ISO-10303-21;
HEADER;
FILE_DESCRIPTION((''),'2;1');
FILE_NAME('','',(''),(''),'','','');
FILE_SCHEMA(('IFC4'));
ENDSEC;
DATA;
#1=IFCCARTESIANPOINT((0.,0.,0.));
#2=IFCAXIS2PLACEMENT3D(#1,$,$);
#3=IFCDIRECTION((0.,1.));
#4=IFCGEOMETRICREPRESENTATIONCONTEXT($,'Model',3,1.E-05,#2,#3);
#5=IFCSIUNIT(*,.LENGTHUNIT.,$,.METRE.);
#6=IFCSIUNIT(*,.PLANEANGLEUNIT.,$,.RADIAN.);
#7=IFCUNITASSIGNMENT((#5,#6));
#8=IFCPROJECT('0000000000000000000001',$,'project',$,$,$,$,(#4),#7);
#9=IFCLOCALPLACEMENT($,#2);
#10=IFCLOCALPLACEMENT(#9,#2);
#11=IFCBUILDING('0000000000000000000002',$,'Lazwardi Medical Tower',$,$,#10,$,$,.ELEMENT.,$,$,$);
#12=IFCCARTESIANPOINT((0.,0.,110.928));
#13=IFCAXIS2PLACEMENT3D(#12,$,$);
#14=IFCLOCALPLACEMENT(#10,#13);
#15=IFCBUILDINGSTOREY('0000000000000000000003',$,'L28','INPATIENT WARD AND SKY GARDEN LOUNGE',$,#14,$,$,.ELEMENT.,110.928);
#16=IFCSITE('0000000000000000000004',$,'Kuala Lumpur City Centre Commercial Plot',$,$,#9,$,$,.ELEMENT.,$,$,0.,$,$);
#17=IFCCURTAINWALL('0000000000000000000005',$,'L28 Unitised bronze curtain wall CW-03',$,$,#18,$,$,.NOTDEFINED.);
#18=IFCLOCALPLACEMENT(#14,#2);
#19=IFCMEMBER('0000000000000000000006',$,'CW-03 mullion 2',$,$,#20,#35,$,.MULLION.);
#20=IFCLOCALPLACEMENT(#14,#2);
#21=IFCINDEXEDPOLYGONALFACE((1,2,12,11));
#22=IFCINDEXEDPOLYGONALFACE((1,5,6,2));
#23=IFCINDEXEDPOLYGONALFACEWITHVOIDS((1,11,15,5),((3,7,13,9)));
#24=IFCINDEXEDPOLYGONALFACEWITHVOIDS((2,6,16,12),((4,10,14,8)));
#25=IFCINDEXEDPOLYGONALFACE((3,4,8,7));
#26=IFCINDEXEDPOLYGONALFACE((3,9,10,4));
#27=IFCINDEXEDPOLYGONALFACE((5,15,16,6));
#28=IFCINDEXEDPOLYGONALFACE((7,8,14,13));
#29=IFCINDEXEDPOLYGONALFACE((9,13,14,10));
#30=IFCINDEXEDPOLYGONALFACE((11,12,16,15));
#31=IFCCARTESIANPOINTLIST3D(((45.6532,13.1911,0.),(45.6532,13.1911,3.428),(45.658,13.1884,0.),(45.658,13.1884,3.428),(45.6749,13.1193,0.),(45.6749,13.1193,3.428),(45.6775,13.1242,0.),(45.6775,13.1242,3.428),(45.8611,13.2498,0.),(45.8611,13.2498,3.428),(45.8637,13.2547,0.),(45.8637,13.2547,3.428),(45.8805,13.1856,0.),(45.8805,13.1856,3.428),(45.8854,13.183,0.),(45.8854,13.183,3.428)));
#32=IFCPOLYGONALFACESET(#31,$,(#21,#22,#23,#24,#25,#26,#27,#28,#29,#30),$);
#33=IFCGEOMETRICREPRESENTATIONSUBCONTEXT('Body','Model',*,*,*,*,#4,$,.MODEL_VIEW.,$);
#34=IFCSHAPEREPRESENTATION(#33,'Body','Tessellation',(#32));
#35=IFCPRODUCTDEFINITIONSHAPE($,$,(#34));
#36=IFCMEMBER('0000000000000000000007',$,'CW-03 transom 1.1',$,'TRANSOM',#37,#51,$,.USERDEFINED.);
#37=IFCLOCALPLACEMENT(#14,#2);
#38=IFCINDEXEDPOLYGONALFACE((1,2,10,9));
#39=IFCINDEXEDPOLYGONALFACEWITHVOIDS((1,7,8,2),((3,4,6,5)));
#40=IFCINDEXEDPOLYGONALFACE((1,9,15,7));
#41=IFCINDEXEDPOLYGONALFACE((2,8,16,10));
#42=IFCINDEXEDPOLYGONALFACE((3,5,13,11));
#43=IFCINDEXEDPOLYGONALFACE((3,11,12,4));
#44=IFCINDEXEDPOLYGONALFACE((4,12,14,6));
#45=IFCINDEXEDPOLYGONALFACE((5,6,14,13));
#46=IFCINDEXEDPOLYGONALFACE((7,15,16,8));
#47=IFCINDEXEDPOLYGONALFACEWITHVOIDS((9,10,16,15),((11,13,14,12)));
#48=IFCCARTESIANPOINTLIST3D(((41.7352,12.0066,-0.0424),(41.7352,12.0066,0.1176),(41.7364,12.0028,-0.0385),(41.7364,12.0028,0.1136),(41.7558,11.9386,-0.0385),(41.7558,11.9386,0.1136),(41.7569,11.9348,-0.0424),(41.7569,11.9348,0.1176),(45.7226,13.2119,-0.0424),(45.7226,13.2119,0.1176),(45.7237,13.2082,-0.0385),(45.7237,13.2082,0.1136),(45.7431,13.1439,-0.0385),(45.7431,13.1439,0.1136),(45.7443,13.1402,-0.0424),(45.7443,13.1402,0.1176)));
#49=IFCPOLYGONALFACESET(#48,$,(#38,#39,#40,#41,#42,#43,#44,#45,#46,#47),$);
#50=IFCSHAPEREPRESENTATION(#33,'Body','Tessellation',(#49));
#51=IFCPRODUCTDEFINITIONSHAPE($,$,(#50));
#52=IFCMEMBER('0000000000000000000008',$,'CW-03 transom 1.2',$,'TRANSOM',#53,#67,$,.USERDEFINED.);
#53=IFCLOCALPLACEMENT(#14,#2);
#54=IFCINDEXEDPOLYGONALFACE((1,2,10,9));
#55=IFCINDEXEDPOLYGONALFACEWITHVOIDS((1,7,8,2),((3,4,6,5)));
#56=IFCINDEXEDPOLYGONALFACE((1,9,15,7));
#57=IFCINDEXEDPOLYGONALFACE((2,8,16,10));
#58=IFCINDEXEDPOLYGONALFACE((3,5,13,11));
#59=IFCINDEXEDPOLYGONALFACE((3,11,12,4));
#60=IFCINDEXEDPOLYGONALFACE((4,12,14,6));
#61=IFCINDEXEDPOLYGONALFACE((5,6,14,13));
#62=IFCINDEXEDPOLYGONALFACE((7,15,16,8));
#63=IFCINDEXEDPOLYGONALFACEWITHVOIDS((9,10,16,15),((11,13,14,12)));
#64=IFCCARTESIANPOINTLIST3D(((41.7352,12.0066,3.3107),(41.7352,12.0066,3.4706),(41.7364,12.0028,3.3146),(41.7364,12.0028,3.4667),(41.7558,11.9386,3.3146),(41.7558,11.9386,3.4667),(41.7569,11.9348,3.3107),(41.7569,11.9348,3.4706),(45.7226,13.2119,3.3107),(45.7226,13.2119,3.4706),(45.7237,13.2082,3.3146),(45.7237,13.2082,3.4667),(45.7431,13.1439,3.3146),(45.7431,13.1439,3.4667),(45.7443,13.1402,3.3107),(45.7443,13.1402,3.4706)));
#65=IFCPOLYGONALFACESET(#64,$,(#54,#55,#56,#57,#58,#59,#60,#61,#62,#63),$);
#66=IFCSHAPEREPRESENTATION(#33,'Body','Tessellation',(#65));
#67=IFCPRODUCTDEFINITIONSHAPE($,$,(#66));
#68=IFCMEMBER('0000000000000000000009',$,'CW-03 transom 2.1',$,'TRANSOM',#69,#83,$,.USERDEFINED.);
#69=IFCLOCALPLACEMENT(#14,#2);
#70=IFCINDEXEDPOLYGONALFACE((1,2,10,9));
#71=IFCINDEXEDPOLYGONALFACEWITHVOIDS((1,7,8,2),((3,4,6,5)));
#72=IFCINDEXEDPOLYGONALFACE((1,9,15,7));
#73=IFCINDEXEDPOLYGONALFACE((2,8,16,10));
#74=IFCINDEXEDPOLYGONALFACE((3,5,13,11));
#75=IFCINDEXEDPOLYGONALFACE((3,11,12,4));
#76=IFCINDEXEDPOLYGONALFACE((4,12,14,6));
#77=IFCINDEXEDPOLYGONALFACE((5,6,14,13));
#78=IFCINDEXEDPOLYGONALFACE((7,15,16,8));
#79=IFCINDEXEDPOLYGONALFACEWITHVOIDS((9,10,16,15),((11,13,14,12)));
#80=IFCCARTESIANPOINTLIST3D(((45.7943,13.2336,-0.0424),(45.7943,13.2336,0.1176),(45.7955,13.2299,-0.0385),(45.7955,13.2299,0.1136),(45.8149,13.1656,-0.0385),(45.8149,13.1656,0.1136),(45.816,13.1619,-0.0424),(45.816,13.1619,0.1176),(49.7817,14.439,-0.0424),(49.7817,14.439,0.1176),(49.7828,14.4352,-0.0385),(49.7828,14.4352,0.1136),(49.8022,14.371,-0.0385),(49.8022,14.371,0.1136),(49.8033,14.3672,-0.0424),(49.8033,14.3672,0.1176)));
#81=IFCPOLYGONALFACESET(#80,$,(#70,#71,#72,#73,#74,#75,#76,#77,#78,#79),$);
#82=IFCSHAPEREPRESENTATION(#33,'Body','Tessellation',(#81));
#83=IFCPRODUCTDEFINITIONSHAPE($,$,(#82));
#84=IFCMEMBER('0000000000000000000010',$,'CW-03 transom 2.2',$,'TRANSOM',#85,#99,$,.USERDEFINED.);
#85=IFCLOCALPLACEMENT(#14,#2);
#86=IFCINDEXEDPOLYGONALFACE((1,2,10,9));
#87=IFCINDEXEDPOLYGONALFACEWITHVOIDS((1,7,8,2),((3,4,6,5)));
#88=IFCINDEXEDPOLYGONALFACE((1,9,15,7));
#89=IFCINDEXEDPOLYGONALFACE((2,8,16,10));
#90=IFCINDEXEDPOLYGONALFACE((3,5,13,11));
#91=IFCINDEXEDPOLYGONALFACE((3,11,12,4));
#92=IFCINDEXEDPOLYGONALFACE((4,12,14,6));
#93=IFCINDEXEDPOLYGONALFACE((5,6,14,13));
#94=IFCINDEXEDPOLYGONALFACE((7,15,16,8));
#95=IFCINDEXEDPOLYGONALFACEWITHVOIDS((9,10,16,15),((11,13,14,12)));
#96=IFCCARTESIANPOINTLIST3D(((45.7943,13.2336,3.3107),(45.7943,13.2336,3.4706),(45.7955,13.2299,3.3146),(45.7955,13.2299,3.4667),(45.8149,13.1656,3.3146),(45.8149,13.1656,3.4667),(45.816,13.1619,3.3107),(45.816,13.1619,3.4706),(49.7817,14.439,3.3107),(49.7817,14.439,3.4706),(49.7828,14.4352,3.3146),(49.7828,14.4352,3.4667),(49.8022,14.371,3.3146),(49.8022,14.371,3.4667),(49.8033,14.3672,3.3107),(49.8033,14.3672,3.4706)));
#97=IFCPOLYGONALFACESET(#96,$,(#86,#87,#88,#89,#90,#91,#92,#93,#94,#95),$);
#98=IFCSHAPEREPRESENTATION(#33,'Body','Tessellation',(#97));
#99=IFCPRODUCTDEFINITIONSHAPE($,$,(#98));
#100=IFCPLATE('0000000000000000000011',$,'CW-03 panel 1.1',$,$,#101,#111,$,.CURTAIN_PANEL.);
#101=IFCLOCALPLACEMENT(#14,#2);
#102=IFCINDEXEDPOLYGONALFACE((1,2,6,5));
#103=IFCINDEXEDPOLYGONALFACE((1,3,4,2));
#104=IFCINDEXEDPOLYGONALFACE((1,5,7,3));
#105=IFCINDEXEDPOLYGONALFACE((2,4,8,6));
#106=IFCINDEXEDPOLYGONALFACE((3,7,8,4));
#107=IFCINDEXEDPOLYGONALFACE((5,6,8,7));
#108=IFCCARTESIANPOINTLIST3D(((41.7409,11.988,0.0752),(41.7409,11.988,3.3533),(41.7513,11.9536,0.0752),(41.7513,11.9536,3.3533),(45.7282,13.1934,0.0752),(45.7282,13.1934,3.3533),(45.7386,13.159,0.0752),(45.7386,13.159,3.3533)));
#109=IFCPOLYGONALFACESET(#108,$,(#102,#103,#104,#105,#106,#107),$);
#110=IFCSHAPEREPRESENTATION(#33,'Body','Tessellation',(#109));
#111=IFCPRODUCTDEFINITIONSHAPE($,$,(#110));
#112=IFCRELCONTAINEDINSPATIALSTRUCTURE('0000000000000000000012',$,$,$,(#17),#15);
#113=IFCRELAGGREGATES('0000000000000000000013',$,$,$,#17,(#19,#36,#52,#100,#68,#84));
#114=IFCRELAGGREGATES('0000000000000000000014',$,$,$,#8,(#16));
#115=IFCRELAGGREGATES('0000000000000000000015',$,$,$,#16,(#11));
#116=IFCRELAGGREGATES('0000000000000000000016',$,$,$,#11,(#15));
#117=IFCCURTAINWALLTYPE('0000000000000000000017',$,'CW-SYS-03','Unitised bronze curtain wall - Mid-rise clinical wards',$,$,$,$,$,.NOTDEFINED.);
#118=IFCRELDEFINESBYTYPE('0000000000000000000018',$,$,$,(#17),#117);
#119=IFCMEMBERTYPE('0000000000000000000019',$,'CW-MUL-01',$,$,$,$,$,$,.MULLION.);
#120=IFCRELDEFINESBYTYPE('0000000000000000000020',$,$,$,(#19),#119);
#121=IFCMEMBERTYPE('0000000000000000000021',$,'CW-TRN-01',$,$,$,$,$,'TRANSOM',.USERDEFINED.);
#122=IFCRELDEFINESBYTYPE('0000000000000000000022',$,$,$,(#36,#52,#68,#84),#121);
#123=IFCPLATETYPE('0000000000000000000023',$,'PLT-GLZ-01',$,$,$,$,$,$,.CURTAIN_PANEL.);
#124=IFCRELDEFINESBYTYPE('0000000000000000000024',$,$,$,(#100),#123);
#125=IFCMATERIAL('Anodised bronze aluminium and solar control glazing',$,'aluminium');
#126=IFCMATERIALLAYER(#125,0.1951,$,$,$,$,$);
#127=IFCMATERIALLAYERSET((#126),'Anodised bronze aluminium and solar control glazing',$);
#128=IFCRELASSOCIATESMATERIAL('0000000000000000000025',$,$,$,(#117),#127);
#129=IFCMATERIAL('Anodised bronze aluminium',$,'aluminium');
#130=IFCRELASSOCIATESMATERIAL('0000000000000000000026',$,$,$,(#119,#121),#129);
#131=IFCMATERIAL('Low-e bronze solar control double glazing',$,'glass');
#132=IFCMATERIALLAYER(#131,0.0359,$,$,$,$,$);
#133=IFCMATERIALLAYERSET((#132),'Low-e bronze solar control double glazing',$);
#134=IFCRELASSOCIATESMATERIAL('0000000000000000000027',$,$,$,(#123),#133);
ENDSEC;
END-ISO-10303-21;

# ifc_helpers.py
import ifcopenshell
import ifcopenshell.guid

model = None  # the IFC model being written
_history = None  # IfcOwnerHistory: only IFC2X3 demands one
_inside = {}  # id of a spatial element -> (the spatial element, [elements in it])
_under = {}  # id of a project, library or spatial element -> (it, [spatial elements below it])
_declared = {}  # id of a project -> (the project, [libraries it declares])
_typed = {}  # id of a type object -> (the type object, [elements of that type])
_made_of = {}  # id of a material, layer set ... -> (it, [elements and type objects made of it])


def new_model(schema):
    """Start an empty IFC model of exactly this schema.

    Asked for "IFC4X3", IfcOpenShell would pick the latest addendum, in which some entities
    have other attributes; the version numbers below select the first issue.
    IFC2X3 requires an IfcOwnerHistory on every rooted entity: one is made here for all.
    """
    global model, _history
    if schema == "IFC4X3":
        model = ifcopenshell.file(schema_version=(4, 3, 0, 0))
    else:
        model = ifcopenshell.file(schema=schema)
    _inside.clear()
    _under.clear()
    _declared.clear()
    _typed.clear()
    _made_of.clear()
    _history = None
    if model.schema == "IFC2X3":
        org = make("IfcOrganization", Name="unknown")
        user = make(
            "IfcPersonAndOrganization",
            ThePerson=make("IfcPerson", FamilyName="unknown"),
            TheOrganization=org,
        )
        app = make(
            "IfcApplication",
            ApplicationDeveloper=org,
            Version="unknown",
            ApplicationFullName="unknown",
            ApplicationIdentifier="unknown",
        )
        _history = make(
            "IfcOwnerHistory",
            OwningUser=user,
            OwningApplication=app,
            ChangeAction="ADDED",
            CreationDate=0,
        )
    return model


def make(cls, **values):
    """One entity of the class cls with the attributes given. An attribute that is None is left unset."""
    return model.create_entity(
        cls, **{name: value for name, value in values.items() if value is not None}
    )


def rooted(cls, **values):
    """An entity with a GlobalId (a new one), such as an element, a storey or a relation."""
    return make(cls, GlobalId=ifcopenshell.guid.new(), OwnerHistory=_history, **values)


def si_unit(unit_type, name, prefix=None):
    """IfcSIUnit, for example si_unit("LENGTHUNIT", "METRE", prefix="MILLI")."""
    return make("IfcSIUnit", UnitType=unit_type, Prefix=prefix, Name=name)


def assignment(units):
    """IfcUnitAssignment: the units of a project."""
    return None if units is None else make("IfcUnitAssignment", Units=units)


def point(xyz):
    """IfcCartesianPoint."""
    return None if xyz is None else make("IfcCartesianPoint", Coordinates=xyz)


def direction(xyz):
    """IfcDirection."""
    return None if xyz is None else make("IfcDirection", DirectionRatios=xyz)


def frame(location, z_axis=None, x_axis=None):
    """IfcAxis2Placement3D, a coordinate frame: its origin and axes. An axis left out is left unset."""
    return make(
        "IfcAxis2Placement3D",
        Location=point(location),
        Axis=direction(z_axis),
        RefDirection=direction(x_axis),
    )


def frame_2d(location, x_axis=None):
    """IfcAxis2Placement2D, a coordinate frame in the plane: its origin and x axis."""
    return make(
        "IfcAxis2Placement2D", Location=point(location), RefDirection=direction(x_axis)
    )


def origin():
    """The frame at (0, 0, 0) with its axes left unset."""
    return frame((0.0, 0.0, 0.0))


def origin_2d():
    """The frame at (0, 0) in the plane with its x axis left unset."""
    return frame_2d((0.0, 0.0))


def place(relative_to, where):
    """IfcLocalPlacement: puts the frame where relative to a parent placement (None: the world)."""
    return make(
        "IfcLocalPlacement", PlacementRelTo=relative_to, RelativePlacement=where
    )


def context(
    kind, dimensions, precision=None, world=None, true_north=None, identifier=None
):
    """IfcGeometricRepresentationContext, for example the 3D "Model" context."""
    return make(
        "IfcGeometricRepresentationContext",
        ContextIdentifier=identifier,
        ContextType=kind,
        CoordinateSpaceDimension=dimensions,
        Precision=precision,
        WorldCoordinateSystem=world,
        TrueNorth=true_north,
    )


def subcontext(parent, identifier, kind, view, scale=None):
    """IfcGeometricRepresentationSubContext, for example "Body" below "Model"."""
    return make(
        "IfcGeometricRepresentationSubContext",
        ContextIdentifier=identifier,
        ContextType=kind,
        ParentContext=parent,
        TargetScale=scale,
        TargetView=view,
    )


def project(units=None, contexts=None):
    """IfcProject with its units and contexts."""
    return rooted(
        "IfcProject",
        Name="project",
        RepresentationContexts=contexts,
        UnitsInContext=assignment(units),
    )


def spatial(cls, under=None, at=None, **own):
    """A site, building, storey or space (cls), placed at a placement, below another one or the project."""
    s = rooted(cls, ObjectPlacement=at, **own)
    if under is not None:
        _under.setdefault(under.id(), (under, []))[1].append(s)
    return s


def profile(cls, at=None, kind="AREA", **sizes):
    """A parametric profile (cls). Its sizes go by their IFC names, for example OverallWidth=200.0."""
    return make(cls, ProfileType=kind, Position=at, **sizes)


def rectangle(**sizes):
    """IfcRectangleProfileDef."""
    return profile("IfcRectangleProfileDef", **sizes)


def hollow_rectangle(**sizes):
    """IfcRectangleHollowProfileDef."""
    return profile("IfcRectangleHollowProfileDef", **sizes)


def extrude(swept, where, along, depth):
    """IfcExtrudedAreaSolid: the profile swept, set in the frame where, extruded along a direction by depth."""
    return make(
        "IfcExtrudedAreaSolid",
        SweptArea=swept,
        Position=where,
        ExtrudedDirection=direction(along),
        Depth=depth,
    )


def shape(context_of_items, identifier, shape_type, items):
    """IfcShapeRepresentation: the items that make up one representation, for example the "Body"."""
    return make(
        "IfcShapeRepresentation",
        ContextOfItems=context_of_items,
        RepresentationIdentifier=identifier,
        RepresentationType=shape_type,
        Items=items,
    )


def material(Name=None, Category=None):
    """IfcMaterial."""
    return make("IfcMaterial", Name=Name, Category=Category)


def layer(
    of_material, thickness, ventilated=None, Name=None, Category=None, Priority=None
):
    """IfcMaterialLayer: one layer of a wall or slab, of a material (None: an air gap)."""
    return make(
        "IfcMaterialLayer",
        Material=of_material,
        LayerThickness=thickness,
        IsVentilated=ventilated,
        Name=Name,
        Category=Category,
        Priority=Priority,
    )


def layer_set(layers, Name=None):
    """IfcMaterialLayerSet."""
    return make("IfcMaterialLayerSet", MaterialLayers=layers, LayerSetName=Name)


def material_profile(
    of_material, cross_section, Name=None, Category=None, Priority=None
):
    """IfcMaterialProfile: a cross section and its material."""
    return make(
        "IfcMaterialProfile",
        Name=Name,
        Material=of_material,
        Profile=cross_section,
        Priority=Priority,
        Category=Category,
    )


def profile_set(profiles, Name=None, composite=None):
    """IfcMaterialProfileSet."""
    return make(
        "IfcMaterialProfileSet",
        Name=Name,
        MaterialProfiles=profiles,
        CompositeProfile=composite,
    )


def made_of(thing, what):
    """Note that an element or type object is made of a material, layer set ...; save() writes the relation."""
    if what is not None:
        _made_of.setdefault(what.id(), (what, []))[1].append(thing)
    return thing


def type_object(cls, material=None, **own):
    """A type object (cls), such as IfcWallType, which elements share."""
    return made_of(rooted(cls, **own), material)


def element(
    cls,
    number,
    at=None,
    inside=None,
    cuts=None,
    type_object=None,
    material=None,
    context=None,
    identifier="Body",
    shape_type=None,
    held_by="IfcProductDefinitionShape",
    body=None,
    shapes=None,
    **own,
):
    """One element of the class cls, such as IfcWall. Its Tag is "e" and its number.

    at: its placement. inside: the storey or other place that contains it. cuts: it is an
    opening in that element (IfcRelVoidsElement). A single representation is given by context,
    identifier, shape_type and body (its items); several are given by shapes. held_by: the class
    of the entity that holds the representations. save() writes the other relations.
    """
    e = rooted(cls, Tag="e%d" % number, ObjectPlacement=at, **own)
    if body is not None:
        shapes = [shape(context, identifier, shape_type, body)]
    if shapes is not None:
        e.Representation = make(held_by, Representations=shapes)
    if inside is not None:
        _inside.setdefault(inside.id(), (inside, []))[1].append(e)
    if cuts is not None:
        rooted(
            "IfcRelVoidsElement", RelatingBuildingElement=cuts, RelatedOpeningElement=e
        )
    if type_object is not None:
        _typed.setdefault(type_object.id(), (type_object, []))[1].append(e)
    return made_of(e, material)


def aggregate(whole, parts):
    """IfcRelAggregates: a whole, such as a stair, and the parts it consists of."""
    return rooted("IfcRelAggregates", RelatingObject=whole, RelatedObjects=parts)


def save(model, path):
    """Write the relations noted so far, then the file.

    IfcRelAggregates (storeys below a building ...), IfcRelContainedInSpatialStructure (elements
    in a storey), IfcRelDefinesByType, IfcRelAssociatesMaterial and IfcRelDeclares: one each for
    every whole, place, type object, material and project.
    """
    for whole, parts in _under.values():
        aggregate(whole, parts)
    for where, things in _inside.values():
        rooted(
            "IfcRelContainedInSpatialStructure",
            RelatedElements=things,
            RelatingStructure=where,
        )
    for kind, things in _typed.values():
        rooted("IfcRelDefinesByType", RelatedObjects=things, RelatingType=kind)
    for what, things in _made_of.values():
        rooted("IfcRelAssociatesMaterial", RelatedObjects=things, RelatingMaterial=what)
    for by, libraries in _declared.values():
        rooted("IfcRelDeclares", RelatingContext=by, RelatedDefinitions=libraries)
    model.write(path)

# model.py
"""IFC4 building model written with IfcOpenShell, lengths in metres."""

from ifc_helpers import new_model, si_unit, direction, frame, origin, origin_2d, place, context, subcontext, project, spatial, rectangle, hollow_rectangle, extrude, material, layer, layer_set, material_profile, profile_set, type_object, element, aggregate, save


model = new_model("IFC4")

# Units and contexts
model_context = context("Model", 3, precision=1e-05, world=origin(), true_north=direction((0.0, 1.0)))
body_context = subcontext(model_context, "Body", "Model", "MODEL_VIEW")
ifc_project = project(units=[si_unit("LENGTHUNIT", "METRE"), si_unit("PLANEANGLEUNIT", "RADIAN")], contexts=[model_context])

# Site, building, storey
site_placement = place(None, origin())
site = spatial("IfcSite", under=ifc_project, at=site_placement, Name="Kuala Lumpur City Centre Commercial Plot", CompositionType="ELEMENT", RefElevation=0.0)
building_placement = place(site_placement, origin())
building = spatial("IfcBuilding", under=site, at=building_placement, Name="Lazwardi Medical Tower", CompositionType="ELEMENT")
storey_placement = place(building_placement, frame((0.0, 0.0, 110.928)))
storey = spatial("IfcBuildingStorey", under=building, at=storey_placement, Name="L28", Description="INPATIENT WARD AND SKY GARDEN LOUNGE", CompositionType="ELEMENT", Elevation=110.928)

# Curtain wall, members, plate
ifc_material_1 = material(Name="Anodised bronze aluminium and solar control glazing", Category="aluminium")
ifc_layer_1 = layer(ifc_material_1, 0.1951)
ifc_layer_set_1 = layer_set([ifc_layer_1], Name="Anodised bronze aluminium and solar control glazing")
curtain_wall_type = type_object("IfcCurtainWallType", Name="CW-SYS-03", Description="Unitised bronze curtain wall - Mid-rise clinical wards", PredefinedType="NOTDEFINED", material=ifc_layer_set_1)
curtain_wall_placement = place(storey_placement, origin())
curtain_wall = element("IfcCurtainWall", 1, at=curtain_wall_placement, inside=storey, type_object=curtain_wall_type, Name="L28 Unitised bronze curtain wall CW-03", PredefinedType="NOTDEFINED")
ifc_material_2 = material(Name="Anodised bronze aluminium", Category="aluminium")
ifc_material_profile_1 = material_profile(ifc_material_2, hollow_rectangle(XDim=0.075, YDim=0.22, WallThickness=0.0039, at=origin_2d()), Name="ALU-MULLION 220x75x4")
ifc_profile_set_1 = profile_set([ifc_material_profile_1], Name="Anodised bronze aluminium")
member_type_1 = type_object("IfcMemberType", Name="CW-MUL-01", PredefinedType="MULLION", material=ifc_profile_set_1)
member_1_placement = place(storey_placement, frame((45.7693, 13.187, 0.0), z_axis=(0.0, 0.0, 1.0), x_axis=(-0.289374, 0.957216, 0.0)))
member_1 = element("IfcMember", 2, at=member_1_placement, type_object=member_type_1, Name="CW-03 mullion 2", PredefinedType="MULLION", context=body_context, shape_type="SweptSolid", body=[
    extrude(hollow_rectangle(XDim=0.075, YDim=0.22, WallThickness=0.0039, at=origin_2d()), origin(), (0.0, 0.0, 1.0), 3.428),
])
ifc_material_profile_2 = material_profile(ifc_material_2, hollow_rectangle(XDim=0.075, YDim=0.1599, WallThickness=0.0039, at=origin_2d()), Name="ALU-TRANSOM 160x75x4")
ifc_profile_set_2 = profile_set([ifc_material_profile_2], Name="Anodised bronze aluminium")
member_type_2 = type_object("IfcMemberType", Name="CW-TRN-01", ElementType="TRANSOM", PredefinedType="USERDEFINED", material=ifc_profile_set_2)
member_2_placement = place(storey_placement, frame((41.7461, 11.9707, 0.0376), z_axis=(0.957221, 0.289358, 0.0), x_axis=(-0.289358, 0.957221, 0.0)))
member_2 = element("IfcMember", 3, at=member_2_placement, type_object=member_type_2, Name="CW-03 transom 1.1", ObjectType="TRANSOM", PredefinedType="USERDEFINED", context=body_context, shape_type="SweptSolid", body=[
    extrude(hollow_rectangle(XDim=0.075, YDim=0.1599, WallThickness=0.0039, at=origin_2d()), origin(), (0.0, 0.0, 1.0), 4.1655),
])
member_3_placement = place(storey_placement, frame((41.7461, 11.9707, 3.3906), z_axis=(0.957221, 0.289358, 0.0), x_axis=(-0.289358, 0.957221, 0.0)))
member_3 = element("IfcMember", 4, at=member_3_placement, type_object=member_type_2, Name="CW-03 transom 1.2", ObjectType="TRANSOM", PredefinedType="USERDEFINED", context=body_context, shape_type="SweptSolid", body=[
    extrude(hollow_rectangle(XDim=0.075, YDim=0.1599, WallThickness=0.0039, at=origin_2d()), origin(), (0.0, 0.0, 1.0), 4.1655),
])
member_4_placement = place(storey_placement, frame((45.8052, 13.1978, 0.0376), z_axis=(0.957221, 0.289358, 0.0), x_axis=(-0.289358, 0.957221, 0.0)))
member_4 = element("IfcMember", 5, at=member_4_placement, type_object=member_type_2, Name="CW-03 transom 2.1", ObjectType="TRANSOM", PredefinedType="USERDEFINED", context=body_context, shape_type="SweptSolid", body=[
    extrude(hollow_rectangle(XDim=0.075, YDim=0.1599, WallThickness=0.0039, at=origin_2d()), origin(), (0.0, 0.0, 1.0), 4.1655),
])
member_5_placement = place(storey_placement, frame((45.8052, 13.1978, 3.3906), z_axis=(0.957221, 0.289358, 0.0), x_axis=(-0.289358, 0.957221, 0.0)))
member_5 = element("IfcMember", 6, at=member_5_placement, type_object=member_type_2, Name="CW-03 transom 2.2", ObjectType="TRANSOM", PredefinedType="USERDEFINED", context=body_context, shape_type="SweptSolid", body=[
    extrude(hollow_rectangle(XDim=0.075, YDim=0.1599, WallThickness=0.0039, at=origin_2d()), origin(), (0.0, 0.0, 1.0), 4.1655),
])
ifc_material_3 = material(Name="Low-e bronze solar control double glazing", Category="glass")
ifc_layer_2 = layer(ifc_material_3, 0.0359)
ifc_layer_set_2 = layer_set([ifc_layer_2], Name="Low-e bronze solar control double glazing")
plate_type = type_object("IfcPlateType", Name="PLT-GLZ-01", PredefinedType="CURTAIN_PANEL", material=ifc_layer_set_2)
plate_placement = place(storey_placement, frame((43.7397, 12.5735, 0.0752), z_axis=(0.0, 0.0, 1.0), x_axis=(0.957216, 0.289374, 0.0)))
plate = element("IfcPlate", 7, at=plate_placement, type_object=plate_type, Name="CW-03 panel 1.1", PredefinedType="CURTAIN_PANEL", context=body_context, shape_type="SweptSolid", body=[
    extrude(rectangle(XDim=4.1655, YDim=0.0359, at=origin_2d()), origin(), (0.0, 0.0, 1.0), 3.2781),
])
aggregate(curtain_wall, [member_1, member_2, member_3, plate, member_4, member_5])

save(model, "model.ifc")
